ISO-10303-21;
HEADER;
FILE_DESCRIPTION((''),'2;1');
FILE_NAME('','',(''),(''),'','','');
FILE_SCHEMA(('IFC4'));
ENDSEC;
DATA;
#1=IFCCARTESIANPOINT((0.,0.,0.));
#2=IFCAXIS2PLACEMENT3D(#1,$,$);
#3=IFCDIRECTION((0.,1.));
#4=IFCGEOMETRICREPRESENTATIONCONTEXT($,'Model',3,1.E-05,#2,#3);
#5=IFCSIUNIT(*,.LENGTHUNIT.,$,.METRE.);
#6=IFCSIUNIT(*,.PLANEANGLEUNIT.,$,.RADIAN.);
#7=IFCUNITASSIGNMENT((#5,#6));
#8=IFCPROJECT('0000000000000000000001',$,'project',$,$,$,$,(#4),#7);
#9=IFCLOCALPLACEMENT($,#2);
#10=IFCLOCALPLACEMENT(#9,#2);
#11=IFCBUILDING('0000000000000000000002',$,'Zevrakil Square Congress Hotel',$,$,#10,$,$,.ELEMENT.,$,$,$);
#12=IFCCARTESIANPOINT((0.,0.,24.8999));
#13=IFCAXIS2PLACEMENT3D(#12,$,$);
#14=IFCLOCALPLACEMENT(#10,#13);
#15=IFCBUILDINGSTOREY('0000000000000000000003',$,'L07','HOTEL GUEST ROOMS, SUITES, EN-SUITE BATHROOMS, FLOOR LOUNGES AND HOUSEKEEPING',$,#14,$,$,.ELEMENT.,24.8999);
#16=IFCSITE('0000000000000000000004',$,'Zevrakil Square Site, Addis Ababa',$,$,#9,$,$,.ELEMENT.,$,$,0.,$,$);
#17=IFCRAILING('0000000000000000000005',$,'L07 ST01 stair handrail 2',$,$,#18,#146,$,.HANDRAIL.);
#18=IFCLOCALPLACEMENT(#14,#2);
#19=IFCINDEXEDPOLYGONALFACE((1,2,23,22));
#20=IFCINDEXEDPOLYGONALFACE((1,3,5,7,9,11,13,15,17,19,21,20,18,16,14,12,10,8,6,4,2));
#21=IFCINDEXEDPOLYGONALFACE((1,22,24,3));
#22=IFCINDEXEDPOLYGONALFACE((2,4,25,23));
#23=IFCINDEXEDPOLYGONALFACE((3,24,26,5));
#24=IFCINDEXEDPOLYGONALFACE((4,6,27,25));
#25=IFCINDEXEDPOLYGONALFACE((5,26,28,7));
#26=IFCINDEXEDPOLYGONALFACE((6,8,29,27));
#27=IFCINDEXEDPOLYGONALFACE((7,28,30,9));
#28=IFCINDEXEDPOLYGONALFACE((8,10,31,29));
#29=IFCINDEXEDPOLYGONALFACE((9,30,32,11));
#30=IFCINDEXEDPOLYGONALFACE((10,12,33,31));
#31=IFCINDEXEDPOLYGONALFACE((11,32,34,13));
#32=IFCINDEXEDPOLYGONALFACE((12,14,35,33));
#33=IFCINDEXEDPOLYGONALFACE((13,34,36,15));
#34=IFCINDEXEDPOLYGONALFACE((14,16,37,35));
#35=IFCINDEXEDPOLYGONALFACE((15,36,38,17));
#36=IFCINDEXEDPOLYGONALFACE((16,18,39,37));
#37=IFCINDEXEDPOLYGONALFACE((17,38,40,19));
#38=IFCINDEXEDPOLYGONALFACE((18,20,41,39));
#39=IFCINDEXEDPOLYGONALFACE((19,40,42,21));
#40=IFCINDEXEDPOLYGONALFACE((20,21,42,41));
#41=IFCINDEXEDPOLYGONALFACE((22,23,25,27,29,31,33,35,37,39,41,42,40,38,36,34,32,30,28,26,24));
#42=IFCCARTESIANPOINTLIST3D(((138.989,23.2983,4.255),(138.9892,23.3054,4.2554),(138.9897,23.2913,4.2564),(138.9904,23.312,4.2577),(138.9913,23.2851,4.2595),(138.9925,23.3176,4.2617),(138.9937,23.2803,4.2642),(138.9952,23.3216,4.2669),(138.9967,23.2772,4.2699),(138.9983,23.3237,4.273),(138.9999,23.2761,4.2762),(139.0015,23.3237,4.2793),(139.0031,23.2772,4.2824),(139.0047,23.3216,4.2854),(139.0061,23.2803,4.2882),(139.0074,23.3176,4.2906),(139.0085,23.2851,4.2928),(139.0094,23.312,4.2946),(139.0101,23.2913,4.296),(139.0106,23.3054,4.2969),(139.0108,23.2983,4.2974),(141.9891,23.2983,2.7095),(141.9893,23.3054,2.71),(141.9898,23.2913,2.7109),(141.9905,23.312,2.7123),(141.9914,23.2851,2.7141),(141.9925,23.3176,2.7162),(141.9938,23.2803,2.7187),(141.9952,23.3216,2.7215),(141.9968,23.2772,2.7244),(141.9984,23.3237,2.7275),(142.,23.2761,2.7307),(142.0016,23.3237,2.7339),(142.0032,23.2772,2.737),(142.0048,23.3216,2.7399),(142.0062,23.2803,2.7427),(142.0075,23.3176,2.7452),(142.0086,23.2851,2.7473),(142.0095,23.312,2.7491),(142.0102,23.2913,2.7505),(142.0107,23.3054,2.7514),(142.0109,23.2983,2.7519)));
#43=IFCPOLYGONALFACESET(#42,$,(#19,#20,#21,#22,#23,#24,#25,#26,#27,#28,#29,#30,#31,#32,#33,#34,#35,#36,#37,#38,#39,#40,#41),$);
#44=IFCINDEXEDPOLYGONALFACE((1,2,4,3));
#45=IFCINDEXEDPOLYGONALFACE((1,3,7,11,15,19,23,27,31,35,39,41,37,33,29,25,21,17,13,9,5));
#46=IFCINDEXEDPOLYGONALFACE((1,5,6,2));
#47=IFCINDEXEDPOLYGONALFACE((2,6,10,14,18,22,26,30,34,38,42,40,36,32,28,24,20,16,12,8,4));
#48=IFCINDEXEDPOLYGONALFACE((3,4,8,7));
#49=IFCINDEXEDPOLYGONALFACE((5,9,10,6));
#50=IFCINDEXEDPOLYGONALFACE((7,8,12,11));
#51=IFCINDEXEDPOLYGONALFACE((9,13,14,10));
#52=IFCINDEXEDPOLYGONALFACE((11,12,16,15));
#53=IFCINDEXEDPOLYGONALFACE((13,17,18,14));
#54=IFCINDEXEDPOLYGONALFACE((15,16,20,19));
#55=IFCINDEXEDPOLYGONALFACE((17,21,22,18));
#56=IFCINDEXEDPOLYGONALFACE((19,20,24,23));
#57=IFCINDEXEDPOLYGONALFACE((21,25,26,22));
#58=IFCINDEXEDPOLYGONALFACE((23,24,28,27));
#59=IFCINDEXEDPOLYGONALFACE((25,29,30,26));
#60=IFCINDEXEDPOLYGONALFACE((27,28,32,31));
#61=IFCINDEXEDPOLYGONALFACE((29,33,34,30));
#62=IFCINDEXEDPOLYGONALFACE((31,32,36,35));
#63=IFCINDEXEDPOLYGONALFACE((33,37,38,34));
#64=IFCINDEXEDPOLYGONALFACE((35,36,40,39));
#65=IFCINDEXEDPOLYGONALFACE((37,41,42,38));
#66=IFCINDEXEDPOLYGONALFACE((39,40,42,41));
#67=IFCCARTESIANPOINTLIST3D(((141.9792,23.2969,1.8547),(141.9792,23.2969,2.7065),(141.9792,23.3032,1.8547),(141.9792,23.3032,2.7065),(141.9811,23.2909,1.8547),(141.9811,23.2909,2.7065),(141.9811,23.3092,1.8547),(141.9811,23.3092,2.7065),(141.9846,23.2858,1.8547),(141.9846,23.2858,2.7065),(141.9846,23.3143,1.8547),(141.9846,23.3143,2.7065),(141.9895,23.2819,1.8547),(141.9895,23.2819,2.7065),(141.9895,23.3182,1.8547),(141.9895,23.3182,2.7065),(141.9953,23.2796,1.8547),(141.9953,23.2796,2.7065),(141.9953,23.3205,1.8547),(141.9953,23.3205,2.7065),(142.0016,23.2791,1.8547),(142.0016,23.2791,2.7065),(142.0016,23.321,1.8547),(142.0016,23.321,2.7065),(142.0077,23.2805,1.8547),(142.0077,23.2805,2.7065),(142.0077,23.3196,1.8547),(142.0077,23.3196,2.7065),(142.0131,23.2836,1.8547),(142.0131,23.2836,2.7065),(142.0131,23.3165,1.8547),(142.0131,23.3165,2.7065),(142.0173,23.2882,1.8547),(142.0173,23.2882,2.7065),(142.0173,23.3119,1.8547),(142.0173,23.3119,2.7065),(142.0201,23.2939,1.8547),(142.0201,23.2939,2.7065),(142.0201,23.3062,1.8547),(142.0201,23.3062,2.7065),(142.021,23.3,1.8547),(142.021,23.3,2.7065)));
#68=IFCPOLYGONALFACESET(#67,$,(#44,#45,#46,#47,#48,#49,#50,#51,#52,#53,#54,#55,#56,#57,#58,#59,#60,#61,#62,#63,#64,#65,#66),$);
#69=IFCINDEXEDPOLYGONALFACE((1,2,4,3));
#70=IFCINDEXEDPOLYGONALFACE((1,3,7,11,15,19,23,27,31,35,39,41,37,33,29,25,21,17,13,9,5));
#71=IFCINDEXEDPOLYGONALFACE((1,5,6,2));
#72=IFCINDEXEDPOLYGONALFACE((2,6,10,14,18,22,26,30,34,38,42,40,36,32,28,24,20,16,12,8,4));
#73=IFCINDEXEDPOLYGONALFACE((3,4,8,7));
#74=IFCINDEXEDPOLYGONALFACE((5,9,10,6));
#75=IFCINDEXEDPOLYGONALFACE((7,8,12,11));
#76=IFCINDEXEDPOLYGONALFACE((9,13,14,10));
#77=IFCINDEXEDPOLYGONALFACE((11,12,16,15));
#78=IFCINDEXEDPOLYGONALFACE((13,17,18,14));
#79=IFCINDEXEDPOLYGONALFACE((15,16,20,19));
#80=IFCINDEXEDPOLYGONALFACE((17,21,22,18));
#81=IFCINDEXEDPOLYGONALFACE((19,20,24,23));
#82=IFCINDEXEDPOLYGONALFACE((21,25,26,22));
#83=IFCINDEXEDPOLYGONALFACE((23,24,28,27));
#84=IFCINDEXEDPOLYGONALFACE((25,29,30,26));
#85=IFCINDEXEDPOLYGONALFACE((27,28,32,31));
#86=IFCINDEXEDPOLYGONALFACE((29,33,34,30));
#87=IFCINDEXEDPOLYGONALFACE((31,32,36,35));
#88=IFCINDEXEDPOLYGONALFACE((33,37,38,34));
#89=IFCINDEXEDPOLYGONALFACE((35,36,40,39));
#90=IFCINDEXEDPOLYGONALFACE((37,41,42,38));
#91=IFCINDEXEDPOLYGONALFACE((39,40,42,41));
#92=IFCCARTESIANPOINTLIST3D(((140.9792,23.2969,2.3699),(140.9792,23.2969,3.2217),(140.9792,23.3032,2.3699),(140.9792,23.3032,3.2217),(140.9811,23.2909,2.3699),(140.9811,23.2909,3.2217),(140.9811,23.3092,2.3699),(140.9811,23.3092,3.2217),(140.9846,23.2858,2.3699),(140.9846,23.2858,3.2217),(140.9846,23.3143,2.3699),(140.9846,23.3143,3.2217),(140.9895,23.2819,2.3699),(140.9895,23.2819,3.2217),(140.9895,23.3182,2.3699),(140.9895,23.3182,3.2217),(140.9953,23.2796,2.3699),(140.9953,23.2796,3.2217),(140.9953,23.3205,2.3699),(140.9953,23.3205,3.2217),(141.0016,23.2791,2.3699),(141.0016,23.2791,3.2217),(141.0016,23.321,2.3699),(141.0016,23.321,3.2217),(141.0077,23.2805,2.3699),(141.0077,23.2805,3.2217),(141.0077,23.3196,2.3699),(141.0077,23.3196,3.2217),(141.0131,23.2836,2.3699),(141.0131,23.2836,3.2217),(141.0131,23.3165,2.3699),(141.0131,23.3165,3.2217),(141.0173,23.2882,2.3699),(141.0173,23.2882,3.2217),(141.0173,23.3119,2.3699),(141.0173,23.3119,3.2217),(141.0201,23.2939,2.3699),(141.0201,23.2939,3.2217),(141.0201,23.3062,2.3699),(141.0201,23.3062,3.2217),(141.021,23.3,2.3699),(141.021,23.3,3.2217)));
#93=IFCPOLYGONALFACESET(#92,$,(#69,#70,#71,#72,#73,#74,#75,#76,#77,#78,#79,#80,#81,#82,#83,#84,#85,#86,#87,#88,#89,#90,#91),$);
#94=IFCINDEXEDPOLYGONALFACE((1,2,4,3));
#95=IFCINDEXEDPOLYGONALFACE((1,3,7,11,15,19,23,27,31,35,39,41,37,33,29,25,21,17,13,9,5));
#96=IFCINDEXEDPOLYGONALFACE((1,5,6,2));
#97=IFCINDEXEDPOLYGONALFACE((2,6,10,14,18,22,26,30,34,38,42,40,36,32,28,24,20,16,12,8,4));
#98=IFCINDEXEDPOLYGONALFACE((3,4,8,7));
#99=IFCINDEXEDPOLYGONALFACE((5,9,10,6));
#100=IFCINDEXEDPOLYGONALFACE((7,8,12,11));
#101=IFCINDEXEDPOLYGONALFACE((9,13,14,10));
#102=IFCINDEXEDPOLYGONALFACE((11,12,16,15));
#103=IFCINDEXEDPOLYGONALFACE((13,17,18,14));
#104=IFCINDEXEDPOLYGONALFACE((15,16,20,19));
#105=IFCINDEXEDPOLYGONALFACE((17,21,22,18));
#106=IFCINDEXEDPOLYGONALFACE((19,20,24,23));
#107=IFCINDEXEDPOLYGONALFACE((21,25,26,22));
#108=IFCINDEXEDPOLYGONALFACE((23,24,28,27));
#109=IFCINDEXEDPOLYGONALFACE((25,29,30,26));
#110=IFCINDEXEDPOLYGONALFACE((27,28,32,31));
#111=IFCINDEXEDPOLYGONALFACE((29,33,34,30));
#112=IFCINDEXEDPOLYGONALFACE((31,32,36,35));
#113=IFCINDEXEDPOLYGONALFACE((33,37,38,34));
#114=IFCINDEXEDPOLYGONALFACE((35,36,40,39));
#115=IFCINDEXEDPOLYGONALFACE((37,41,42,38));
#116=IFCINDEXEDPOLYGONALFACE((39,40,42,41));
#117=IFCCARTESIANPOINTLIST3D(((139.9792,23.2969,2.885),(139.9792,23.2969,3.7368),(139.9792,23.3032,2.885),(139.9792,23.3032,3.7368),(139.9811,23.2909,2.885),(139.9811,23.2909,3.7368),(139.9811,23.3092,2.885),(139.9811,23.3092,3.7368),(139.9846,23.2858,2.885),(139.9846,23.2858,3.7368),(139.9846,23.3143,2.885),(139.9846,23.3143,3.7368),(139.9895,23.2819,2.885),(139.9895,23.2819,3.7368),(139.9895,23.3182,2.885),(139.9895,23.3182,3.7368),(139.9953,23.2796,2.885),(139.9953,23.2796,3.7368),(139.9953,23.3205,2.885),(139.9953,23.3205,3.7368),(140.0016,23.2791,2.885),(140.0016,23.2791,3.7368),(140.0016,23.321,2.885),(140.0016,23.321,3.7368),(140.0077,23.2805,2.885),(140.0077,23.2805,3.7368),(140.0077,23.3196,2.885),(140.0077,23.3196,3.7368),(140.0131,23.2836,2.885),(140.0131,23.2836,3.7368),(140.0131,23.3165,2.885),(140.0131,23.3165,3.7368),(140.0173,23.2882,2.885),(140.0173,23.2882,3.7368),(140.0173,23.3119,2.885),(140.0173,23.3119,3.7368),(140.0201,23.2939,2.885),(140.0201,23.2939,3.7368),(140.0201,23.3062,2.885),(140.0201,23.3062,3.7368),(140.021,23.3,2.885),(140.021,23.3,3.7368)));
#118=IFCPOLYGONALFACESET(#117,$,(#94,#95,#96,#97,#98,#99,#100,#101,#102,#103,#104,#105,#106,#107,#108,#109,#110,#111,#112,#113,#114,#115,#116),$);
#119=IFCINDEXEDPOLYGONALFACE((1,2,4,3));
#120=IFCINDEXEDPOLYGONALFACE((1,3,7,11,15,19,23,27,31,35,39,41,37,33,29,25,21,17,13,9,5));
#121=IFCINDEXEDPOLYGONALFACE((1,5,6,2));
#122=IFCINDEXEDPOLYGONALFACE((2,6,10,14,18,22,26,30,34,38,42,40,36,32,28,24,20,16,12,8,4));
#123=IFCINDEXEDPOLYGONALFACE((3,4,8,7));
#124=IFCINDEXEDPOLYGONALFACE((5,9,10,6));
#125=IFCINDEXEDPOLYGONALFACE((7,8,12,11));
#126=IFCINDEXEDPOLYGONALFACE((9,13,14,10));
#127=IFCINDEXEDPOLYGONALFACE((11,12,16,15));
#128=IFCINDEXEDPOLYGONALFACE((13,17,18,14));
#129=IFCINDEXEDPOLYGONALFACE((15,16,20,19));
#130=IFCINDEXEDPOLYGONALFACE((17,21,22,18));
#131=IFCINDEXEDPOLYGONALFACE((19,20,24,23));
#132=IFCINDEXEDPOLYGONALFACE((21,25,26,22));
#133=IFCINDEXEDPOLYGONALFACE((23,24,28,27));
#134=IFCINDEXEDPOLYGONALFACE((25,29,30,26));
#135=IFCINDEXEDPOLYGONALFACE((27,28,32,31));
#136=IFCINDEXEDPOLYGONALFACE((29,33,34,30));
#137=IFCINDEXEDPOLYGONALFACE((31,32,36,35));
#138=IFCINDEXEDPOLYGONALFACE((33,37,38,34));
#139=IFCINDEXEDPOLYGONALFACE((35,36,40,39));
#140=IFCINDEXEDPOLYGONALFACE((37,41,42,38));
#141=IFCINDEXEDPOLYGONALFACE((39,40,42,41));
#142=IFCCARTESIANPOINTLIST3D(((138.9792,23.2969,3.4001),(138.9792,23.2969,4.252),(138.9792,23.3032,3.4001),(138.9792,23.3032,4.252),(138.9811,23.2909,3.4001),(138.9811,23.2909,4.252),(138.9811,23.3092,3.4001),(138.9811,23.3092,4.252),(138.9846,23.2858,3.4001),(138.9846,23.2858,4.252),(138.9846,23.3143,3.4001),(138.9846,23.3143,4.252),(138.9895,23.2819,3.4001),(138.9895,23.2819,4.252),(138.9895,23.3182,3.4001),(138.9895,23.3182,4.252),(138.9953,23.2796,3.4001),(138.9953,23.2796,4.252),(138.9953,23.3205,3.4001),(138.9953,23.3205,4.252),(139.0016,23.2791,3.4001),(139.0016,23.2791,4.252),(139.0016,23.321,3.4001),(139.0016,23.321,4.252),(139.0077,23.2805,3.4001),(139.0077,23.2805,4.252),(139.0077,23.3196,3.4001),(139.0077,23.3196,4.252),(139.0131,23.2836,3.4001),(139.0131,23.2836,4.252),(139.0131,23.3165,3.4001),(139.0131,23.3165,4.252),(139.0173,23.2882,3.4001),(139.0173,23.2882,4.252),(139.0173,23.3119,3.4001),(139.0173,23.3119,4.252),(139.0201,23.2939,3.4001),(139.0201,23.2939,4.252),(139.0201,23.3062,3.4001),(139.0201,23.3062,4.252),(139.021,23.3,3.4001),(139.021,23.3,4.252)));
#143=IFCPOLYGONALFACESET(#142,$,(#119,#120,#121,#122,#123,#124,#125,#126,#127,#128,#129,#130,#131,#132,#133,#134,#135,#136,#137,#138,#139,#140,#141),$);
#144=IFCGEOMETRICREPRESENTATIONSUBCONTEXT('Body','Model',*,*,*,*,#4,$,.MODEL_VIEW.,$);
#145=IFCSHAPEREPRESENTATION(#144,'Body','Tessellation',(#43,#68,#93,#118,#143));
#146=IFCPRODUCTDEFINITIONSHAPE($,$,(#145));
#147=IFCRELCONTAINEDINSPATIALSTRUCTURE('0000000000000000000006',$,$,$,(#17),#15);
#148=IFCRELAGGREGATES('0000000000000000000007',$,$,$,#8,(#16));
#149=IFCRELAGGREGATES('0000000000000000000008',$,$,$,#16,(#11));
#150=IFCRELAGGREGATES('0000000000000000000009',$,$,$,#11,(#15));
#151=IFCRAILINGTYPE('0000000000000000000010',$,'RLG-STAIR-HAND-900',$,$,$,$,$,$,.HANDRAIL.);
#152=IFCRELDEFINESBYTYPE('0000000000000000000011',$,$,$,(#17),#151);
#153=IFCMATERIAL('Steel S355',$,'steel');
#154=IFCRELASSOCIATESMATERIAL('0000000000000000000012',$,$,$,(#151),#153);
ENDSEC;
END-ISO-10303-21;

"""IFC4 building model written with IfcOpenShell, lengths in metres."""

from ifc_helpers import new_model, si_unit, direction, frame, origin, origin_2d, place, context, subcontext, project, spatial, circle, extrude, material, type_object, element, save


model = new_model("IFC4")

# Units and contexts
model_context = context("Model", 3, precision=1e-05, world=origin(), true_north=direction((0.0, 1.0)))
body_context = subcontext(model_context, "Body", "Model", "MODEL_VIEW")
ifc_project = project(units=[si_unit("LENGTHUNIT", "METRE"), si_unit("PLANEANGLEUNIT", "RADIAN")], contexts=[model_context])

# Site, building, storey
site_placement = place(None, origin())
site = spatial("IfcSite", under=ifc_project, at=site_placement, Name="Zevrakil Square Site, Addis Ababa", CompositionType="ELEMENT", RefElevation=0.0)
building_placement = place(site_placement, origin())
building = spatial("IfcBuilding", under=site, at=building_placement, Name="Zevrakil Square Congress Hotel", CompositionType="ELEMENT")
storey_placement = place(building_placement, frame((0.0, 0.0, 24.8999)))
storey = spatial("IfcBuildingStorey", under=building, at=storey_placement, Name="L07", Description="HOTEL GUEST ROOMS, SUITES, EN-SUITE BATHROOMS, FLOOR LOUNGES AND HOUSEKEEPING", CompositionType="ELEMENT", Elevation=24.8999)

# Railing
ifc_material_1 = material(Name="Steel S355", Category="steel")
railing_type_1 = type_object("IfcRailingType", Name="RLG-STAIR-HAND-900", PredefinedType="HANDRAIL", material=ifc_material_1)
railing_1_placement = place(storey_placement, frame((142.0, 23.3, 1.8547)))
element("IfcRailing", 1, at=railing_1_placement, inside=storey, type_object=railing_type_1, Name="L07 ST01 stair handrail 2", PredefinedType="HANDRAIL", context=body_context, shape_type="SweptSolid", body=[
    extrude(circle(Radius=0.0239, at=origin_2d()), frame((0.0, 0.0, 0.876), z_axis=(-0.88898, 0.0, 0.457946), x_axis=(0.0, -1.0, 0.0)), (0.0, 0.0, 1.0), 3.3748),
    extrude(circle(Radius=0.021, at=origin_2d()), origin(), (0.0, 0.0, 1.0), 0.8518),
    extrude(circle(Radius=0.021, at=origin_2d()), frame((-1.0, 0.0, 0.5151)), (0.0, 0.0, 1.0), 0.8518),
    extrude(circle(Radius=0.021, at=origin_2d()), frame((-2.0, 0.0, 1.0303)), (0.0, 0.0, 1.0), 0.8518),
    extrude(circle(Radius=0.021, at=origin_2d()), frame((-3.0, 0.0, 1.5454)), (0.0, 0.0, 1.0), 0.8518),
])

save(model, "model.ifc")
